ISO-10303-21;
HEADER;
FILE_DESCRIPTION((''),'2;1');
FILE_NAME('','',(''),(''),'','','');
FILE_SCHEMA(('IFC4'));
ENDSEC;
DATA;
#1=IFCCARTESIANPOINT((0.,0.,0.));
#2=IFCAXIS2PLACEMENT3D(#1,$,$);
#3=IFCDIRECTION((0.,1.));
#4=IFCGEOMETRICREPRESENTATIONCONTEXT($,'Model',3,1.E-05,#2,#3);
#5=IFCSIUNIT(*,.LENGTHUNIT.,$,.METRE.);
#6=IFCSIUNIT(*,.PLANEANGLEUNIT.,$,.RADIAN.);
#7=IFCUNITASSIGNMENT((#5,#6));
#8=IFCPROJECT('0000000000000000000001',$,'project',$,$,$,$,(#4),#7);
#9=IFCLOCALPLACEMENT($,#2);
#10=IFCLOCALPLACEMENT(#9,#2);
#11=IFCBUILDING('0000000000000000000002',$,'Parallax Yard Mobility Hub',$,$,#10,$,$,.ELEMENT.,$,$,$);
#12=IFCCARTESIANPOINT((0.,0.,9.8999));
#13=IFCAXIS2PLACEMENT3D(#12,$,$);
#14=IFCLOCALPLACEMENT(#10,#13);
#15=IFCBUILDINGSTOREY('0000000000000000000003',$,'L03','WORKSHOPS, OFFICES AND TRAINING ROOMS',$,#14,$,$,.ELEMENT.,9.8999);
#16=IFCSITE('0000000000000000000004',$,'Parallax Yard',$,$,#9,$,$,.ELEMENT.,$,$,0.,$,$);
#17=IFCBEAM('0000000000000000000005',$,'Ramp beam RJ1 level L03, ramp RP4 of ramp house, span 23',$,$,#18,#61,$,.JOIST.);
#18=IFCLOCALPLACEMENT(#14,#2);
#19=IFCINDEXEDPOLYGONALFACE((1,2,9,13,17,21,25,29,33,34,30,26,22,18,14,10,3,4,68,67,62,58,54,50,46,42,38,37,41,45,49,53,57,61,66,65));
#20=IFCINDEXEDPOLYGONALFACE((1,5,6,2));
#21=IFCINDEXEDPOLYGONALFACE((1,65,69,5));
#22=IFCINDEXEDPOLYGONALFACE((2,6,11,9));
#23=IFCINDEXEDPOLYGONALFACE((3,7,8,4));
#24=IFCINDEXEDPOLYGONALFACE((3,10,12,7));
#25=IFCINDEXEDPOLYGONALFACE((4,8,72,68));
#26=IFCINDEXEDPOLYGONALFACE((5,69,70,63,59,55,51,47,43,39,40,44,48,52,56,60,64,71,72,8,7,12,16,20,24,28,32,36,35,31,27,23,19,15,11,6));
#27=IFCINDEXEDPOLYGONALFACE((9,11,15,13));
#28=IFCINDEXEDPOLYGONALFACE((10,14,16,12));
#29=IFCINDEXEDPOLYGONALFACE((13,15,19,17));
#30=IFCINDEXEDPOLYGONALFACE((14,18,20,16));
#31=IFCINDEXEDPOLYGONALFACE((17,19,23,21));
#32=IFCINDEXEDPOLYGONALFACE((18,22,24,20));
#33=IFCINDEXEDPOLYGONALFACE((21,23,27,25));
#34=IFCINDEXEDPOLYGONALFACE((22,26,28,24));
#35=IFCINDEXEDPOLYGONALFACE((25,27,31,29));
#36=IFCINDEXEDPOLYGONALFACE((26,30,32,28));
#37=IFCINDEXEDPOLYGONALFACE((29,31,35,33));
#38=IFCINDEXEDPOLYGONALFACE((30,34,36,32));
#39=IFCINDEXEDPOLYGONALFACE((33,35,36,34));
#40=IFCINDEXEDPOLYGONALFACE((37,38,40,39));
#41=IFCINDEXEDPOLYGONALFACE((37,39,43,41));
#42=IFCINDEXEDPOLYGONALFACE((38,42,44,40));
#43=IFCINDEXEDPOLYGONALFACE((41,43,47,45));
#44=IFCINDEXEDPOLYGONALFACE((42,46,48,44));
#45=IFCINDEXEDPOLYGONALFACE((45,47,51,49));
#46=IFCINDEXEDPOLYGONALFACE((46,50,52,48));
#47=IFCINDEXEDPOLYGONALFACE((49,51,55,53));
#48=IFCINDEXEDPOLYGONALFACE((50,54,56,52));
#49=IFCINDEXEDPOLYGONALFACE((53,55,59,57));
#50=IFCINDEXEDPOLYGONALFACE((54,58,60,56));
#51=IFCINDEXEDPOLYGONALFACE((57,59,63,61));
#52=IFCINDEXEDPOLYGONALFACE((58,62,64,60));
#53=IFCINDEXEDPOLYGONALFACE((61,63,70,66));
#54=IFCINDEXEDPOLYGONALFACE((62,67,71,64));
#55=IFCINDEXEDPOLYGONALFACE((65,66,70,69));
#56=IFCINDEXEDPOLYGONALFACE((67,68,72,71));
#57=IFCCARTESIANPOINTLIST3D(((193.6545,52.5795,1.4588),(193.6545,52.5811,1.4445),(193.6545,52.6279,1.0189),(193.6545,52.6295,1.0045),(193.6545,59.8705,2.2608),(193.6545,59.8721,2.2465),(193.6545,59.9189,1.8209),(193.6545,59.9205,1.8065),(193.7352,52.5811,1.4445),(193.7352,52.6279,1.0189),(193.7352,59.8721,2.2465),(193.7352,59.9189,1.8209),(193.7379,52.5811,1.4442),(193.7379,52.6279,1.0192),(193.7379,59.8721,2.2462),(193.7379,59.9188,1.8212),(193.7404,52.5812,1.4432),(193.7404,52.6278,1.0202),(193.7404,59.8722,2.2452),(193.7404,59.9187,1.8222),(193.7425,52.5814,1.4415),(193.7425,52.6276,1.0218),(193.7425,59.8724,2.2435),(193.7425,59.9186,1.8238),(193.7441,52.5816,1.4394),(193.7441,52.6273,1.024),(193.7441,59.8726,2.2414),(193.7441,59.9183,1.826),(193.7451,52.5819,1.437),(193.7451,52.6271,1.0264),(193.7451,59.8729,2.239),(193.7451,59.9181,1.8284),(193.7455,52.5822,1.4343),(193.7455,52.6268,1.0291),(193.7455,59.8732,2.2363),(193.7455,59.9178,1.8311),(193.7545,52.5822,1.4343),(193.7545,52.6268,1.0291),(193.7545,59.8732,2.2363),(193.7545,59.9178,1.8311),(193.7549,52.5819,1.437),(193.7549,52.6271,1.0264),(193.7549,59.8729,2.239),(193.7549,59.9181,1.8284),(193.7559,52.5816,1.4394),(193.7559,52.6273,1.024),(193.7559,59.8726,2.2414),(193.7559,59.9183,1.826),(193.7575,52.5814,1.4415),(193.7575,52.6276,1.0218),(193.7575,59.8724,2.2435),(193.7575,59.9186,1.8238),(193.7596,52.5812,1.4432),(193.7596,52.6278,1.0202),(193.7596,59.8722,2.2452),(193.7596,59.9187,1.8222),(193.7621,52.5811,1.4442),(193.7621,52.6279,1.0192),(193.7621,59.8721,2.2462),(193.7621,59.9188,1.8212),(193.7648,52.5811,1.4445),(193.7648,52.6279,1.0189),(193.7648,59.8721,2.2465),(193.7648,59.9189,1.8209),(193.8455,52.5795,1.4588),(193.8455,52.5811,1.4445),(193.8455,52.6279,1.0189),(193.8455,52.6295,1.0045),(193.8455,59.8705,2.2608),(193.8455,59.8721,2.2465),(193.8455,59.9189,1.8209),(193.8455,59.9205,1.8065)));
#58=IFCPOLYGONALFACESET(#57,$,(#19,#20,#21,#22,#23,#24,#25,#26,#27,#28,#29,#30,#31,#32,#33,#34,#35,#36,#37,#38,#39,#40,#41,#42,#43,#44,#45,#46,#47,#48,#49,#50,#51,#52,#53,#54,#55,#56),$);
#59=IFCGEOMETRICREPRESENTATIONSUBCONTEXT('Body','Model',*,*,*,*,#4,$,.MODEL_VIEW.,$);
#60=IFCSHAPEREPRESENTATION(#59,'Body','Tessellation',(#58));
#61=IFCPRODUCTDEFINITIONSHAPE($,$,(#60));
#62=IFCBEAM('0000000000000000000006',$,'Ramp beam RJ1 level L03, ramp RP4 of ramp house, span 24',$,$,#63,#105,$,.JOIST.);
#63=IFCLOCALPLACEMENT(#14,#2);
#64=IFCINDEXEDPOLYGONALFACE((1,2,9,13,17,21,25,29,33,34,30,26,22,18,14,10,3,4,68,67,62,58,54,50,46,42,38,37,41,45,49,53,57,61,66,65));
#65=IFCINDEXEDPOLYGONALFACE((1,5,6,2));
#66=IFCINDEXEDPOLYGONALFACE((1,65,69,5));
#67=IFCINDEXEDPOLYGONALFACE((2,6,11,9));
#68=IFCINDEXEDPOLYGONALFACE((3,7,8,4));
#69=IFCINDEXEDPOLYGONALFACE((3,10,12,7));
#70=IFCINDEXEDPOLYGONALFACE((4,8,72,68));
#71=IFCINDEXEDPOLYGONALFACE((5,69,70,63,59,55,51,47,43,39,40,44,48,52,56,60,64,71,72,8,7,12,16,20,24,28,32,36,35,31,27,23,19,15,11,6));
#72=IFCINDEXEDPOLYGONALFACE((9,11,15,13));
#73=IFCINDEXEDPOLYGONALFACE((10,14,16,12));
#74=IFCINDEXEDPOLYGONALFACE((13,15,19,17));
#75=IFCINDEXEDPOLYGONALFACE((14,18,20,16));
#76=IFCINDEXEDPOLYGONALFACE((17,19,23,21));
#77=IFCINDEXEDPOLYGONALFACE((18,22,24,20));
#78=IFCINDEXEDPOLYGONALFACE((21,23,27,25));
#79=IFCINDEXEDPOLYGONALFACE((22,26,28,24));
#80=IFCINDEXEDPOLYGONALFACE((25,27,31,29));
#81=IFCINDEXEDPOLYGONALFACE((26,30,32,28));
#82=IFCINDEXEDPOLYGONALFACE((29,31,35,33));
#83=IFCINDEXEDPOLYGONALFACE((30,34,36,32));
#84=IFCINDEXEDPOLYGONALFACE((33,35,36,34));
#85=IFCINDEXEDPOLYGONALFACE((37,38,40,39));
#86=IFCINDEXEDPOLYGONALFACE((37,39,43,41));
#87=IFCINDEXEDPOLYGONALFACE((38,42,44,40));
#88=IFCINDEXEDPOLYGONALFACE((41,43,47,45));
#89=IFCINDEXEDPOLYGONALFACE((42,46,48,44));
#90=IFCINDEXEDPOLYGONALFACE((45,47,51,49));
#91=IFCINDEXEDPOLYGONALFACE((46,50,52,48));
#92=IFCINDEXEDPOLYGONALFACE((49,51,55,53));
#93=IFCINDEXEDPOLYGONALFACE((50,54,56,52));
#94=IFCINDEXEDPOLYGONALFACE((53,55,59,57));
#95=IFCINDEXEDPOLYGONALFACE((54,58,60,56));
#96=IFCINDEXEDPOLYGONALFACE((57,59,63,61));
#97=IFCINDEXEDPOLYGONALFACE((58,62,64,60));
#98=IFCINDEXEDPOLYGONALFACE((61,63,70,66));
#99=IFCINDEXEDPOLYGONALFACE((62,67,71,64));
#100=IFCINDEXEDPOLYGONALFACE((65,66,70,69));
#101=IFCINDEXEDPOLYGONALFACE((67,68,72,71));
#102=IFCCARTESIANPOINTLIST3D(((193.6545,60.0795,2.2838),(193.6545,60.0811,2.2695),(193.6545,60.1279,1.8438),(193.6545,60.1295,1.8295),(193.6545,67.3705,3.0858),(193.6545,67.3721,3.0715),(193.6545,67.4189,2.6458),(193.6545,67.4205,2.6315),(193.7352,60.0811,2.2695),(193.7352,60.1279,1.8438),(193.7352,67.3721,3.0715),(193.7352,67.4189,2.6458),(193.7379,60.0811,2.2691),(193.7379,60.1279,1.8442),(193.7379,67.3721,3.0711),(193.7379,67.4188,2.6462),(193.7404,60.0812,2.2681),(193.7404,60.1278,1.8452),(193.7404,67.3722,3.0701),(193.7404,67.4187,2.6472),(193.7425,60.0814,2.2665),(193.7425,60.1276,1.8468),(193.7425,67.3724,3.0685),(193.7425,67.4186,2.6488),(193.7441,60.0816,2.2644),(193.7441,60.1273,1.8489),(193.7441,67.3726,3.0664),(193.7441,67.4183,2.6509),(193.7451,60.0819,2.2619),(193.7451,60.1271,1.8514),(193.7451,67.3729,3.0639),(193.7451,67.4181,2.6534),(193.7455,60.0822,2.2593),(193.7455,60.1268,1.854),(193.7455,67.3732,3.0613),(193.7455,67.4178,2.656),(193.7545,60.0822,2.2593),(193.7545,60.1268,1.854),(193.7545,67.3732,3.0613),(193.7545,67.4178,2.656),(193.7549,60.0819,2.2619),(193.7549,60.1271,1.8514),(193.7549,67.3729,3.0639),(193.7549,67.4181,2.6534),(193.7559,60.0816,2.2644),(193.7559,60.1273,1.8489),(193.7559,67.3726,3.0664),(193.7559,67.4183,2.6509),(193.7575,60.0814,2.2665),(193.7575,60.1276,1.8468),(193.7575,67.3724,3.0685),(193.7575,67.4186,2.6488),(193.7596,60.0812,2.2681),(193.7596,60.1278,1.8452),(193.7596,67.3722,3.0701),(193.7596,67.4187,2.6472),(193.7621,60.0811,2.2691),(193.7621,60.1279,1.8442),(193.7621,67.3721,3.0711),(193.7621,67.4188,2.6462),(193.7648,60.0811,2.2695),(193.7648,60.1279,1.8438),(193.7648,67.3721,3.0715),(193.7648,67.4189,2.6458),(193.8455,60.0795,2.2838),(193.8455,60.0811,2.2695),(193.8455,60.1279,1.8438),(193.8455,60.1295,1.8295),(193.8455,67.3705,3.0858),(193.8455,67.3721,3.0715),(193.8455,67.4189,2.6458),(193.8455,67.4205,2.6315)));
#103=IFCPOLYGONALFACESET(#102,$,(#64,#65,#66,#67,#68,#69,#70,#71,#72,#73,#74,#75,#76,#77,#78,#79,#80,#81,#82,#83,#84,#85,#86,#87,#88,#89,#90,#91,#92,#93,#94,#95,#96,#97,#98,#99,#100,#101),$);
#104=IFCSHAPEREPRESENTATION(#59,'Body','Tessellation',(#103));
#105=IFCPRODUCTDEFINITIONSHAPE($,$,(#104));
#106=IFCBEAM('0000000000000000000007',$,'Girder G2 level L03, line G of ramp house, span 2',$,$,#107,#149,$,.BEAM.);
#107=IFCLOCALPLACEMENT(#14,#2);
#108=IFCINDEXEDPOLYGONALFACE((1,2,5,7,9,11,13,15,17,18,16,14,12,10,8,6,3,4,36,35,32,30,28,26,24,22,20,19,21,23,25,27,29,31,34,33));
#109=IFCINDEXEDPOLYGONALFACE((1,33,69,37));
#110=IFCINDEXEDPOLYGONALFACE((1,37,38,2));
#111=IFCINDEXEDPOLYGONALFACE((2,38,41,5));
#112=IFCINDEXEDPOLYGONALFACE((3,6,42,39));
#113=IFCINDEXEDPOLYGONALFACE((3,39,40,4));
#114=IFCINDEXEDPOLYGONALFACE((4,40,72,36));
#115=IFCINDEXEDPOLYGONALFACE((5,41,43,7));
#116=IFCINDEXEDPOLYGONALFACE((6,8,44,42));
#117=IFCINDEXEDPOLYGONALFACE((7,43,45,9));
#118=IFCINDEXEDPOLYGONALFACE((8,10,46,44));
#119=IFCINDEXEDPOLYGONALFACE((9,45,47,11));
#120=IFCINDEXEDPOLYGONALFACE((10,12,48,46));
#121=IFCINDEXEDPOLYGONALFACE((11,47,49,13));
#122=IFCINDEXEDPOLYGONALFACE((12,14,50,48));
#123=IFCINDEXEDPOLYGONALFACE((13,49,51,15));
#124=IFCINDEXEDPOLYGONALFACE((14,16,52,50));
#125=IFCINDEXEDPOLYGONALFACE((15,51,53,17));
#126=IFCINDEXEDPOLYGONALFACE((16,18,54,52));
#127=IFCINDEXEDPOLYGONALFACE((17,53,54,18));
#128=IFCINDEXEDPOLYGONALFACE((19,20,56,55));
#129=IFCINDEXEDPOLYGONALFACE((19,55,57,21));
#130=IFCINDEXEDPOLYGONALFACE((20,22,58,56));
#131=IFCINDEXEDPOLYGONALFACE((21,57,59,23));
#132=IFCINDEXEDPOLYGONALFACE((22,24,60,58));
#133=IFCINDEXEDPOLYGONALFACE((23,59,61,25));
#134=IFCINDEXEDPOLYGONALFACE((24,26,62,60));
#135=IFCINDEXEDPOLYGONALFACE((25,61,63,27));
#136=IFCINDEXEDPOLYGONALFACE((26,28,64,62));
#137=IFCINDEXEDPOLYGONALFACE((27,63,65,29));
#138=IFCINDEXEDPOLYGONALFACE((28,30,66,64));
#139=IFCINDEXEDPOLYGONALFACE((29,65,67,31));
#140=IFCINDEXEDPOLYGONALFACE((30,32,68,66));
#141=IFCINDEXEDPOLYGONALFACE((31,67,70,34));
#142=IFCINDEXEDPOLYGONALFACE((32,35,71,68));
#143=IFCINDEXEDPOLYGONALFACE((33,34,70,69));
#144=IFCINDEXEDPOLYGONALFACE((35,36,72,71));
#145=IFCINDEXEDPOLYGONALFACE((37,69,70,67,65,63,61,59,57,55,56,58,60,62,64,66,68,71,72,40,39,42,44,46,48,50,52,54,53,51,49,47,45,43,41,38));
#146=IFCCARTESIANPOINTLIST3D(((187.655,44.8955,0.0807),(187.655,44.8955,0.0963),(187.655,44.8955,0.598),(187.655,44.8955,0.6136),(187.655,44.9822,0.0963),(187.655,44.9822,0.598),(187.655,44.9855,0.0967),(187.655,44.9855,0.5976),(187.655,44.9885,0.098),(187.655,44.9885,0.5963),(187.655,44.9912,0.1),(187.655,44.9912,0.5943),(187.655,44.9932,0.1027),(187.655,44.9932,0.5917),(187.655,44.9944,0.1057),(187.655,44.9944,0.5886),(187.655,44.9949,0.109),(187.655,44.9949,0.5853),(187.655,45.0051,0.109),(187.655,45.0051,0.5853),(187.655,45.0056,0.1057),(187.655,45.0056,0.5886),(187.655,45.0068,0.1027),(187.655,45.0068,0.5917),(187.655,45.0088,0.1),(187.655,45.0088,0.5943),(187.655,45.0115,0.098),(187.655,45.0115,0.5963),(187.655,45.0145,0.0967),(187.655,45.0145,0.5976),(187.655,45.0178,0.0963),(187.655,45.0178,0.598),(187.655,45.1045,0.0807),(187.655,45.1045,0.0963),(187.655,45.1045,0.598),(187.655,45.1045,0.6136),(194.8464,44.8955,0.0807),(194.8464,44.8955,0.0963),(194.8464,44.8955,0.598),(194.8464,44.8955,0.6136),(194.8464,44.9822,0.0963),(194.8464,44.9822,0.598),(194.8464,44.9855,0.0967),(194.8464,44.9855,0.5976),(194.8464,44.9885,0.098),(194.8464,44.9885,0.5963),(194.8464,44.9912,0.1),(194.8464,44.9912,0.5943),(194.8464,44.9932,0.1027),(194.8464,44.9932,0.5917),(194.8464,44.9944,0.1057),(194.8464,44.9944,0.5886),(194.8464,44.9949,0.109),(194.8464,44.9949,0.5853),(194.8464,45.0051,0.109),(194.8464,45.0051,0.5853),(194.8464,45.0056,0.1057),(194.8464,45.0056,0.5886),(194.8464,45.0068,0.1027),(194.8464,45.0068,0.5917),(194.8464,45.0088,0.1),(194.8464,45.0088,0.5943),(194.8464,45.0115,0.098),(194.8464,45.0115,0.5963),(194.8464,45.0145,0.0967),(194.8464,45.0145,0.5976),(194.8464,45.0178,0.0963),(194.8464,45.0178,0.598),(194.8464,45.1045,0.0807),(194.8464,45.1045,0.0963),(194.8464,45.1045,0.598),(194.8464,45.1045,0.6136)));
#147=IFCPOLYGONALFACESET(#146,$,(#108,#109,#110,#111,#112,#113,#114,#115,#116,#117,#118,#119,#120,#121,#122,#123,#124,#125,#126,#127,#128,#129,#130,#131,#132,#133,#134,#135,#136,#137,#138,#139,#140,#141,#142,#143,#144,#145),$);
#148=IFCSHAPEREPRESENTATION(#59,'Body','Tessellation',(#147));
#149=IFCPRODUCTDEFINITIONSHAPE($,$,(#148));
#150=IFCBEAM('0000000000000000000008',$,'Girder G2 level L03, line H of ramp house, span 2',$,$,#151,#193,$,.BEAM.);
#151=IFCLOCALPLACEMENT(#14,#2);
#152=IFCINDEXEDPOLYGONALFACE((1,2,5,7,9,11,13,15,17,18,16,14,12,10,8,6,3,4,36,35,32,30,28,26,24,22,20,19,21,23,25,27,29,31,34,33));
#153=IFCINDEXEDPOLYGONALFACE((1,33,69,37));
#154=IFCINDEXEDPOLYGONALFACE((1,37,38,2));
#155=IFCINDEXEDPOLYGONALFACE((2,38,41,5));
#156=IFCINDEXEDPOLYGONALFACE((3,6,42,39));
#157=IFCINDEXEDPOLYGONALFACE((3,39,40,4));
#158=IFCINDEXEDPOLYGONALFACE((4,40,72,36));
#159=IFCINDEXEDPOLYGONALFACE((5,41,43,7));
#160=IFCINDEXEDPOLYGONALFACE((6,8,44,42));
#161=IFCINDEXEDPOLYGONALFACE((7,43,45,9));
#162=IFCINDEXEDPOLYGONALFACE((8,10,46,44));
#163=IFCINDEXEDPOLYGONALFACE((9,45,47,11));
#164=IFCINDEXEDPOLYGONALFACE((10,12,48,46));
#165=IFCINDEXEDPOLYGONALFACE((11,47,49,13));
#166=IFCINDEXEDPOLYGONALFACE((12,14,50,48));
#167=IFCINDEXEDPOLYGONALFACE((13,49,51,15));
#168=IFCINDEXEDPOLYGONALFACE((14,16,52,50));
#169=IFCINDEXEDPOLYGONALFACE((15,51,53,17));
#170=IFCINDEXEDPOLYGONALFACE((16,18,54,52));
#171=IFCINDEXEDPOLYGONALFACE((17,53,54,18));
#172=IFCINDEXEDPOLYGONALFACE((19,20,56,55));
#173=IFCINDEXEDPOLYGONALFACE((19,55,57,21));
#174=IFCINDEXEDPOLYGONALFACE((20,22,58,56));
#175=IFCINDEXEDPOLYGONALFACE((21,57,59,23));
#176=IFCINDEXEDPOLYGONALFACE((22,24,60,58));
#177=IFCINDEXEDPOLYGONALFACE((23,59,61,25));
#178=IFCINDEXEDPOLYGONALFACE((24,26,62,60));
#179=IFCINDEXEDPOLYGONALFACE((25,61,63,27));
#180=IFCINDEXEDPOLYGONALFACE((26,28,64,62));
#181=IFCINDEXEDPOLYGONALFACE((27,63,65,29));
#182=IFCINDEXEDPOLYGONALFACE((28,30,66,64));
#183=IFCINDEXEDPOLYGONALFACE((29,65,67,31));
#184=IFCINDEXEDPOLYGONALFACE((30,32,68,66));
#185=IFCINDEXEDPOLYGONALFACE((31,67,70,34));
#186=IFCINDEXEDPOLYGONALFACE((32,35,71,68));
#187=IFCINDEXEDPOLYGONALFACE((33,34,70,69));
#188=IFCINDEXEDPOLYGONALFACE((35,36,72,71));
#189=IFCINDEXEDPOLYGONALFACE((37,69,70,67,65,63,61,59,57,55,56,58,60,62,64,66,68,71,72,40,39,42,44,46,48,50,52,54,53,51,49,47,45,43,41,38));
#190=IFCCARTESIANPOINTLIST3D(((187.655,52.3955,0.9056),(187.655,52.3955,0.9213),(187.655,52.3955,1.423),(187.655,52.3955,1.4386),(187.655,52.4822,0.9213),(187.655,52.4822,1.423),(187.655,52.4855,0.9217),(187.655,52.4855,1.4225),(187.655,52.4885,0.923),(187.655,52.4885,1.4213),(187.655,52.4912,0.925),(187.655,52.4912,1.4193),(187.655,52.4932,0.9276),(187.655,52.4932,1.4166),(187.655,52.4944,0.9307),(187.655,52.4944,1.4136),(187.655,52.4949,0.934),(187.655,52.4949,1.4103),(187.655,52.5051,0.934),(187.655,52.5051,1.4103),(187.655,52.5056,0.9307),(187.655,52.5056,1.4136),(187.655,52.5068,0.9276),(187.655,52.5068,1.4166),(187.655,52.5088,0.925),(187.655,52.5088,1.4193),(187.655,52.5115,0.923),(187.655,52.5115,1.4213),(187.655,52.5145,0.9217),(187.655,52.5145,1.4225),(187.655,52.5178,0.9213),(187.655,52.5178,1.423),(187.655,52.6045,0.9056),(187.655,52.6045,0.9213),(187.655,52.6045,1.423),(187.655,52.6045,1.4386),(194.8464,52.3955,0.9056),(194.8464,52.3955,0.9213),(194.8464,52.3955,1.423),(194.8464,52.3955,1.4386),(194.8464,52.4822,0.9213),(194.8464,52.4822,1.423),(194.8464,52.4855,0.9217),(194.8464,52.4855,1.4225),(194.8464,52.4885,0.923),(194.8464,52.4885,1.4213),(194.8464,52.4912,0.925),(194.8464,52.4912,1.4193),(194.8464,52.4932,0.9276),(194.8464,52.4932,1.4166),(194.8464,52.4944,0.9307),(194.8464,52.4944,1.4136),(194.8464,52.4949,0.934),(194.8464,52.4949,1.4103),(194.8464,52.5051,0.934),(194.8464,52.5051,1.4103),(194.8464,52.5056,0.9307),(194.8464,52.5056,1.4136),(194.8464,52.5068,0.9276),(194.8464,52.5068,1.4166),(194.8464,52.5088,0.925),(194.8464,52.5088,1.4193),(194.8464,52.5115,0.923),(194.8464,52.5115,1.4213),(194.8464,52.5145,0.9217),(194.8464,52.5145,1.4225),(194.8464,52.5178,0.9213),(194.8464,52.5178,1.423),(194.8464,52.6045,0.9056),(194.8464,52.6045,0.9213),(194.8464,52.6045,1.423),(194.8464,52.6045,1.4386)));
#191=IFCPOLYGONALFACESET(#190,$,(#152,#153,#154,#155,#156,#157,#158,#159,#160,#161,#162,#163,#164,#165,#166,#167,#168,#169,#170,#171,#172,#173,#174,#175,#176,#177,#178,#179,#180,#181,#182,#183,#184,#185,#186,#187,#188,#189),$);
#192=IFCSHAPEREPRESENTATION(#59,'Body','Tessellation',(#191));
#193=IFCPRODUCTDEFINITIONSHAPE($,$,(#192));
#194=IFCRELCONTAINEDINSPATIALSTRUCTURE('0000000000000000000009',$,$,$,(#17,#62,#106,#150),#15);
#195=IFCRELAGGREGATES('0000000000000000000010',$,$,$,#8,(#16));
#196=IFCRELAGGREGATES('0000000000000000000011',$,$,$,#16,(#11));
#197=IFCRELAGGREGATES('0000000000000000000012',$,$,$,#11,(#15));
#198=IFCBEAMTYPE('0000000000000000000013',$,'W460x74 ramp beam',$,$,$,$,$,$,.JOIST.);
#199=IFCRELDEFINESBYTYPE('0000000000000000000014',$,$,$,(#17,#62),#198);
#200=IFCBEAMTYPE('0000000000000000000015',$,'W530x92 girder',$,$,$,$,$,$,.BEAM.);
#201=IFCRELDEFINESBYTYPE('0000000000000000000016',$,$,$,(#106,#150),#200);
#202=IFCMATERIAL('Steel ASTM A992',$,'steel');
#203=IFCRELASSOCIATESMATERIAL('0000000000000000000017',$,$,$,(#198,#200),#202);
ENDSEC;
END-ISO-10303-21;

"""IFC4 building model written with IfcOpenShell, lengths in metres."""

from ifc_helpers import new_model, si_unit, direction, frame, origin, origin_2d, place, context, subcontext, project, spatial, i_section, extrude, material, material_profile, profile_set, type_object, element, save


model = new_model("IFC4")

# Units and contexts
model_context = context("Model", 3, precision=1e-05, world=origin(), true_north=direction((0.0, 1.0)))
body_context = subcontext(model_context, "Body", "Model", "MODEL_VIEW")
ifc_project = project(units=[si_unit("LENGTHUNIT", "METRE"), si_unit("PLANEANGLEUNIT", "RADIAN")], contexts=[model_context])

# Site, building, storey
site_placement = place(None, origin())
site = spatial("IfcSite", under=ifc_project, at=site_placement, Name="Parallax Yard", CompositionType="ELEMENT", RefElevation=0.0)
building_placement = place(site_placement, origin())
building = spatial("IfcBuilding", under=site, at=building_placement, Name="Parallax Yard Mobility Hub", CompositionType="ELEMENT")
storey_placement = place(building_placement, frame((0.0, 0.0, 9.8999)))
storey = spatial("IfcBuildingStorey", under=building, at=storey_placement, Name="L03", Description="WORKSHOPS, OFFICES AND TRAINING ROOMS", CompositionType="ELEMENT", Elevation=9.8999)

# Shared definitions
ifc_material_1 = material(Name="Steel ASTM A992", Category="steel")

# Beams
ifc_material_profile_1 = material_profile(ifc_material_1, i_section(OverallWidth=0.1909, OverallDepth=0.457, WebThickness=0.009, FlangeThickness=0.0144, FilletRadius=0.0103, at=origin_2d()), Name="W460x74")
ifc_profile_set_1 = profile_set([ifc_material_profile_1], Name="Steel ASTM A992")
beam_type_1 = type_object("IfcBeamType", Name="W460x74 ramp beam", PredefinedType="JOIST", material=ifc_profile_set_1)
for number, where, z_axis, x_axis, name in (
    (1, (193.75, 52.6045, 1.2317), (0.0, 0.994005, 0.109339), (-1.0, 0.0, 0.0), "Ramp beam RJ1 level L03, ramp RP4 of ramp house, span 23"),
    (2, (193.75, 60.1045, 2.0566), (0.0, 0.994005, 0.109339), (-1.0, 0.0, 0.0), "Ramp beam RJ1 level L03, ramp RP4 of ramp house, span 24"),
):
    element("IfcBeam", number, at=place(storey_placement, frame(where, z_axis=z_axis, x_axis=x_axis)), inside=storey, type_object=beam_type_1, Name=name, PredefinedType="JOIST", context=body_context, shape_type="SweptSolid", body=[
        extrude(i_section(OverallWidth=0.1909, OverallDepth=0.457, WebThickness=0.009, FlangeThickness=0.0144, FilletRadius=0.0103, at=origin_2d()), origin(), (0.0, 0.0, 1.0), 7.335),
    ])
ifc_material_profile_2 = material_profile(ifc_material_1, i_section(OverallWidth=0.209, OverallDepth=0.533, WebThickness=0.0103, FlangeThickness=0.0156, FilletRadius=0.0127, at=origin_2d()), Name="W530x92")
ifc_profile_set_2 = profile_set([ifc_material_profile_2], Name="Steel ASTM A992")
beam_type_2 = type_object("IfcBeamType", Name="W530x92 girder", PredefinedType="BEAM", material=ifc_profile_set_2)
for number, where, z_axis, x_axis, name in (
    (3, (187.655, 45.0, 0.3472), (1.0, 0.0, 0.0), (0.0, 1.0, 0.0), "Girder G2 level L03, line G of ramp house, span 2"),
    (4, (187.655, 52.5, 1.1721), (1.0, 0.0, 0.0), (0.0, 1.0, 0.0), "Girder G2 level L03, line H of ramp house, span 2"),
):
    element("IfcBeam", number, at=place(storey_placement, frame(where, z_axis=z_axis, x_axis=x_axis)), inside=storey, type_object=beam_type_2, Name=name, PredefinedType="BEAM", context=body_context, shape_type="SweptSolid", body=[
        extrude(i_section(OverallWidth=0.209, OverallDepth=0.533, WebThickness=0.0103, FlangeThickness=0.0156, FilletRadius=0.0127, at=origin_2d()), origin(), (0.0, 0.0, 1.0), 7.1914),
    ])

save(model, "model.ifc")
